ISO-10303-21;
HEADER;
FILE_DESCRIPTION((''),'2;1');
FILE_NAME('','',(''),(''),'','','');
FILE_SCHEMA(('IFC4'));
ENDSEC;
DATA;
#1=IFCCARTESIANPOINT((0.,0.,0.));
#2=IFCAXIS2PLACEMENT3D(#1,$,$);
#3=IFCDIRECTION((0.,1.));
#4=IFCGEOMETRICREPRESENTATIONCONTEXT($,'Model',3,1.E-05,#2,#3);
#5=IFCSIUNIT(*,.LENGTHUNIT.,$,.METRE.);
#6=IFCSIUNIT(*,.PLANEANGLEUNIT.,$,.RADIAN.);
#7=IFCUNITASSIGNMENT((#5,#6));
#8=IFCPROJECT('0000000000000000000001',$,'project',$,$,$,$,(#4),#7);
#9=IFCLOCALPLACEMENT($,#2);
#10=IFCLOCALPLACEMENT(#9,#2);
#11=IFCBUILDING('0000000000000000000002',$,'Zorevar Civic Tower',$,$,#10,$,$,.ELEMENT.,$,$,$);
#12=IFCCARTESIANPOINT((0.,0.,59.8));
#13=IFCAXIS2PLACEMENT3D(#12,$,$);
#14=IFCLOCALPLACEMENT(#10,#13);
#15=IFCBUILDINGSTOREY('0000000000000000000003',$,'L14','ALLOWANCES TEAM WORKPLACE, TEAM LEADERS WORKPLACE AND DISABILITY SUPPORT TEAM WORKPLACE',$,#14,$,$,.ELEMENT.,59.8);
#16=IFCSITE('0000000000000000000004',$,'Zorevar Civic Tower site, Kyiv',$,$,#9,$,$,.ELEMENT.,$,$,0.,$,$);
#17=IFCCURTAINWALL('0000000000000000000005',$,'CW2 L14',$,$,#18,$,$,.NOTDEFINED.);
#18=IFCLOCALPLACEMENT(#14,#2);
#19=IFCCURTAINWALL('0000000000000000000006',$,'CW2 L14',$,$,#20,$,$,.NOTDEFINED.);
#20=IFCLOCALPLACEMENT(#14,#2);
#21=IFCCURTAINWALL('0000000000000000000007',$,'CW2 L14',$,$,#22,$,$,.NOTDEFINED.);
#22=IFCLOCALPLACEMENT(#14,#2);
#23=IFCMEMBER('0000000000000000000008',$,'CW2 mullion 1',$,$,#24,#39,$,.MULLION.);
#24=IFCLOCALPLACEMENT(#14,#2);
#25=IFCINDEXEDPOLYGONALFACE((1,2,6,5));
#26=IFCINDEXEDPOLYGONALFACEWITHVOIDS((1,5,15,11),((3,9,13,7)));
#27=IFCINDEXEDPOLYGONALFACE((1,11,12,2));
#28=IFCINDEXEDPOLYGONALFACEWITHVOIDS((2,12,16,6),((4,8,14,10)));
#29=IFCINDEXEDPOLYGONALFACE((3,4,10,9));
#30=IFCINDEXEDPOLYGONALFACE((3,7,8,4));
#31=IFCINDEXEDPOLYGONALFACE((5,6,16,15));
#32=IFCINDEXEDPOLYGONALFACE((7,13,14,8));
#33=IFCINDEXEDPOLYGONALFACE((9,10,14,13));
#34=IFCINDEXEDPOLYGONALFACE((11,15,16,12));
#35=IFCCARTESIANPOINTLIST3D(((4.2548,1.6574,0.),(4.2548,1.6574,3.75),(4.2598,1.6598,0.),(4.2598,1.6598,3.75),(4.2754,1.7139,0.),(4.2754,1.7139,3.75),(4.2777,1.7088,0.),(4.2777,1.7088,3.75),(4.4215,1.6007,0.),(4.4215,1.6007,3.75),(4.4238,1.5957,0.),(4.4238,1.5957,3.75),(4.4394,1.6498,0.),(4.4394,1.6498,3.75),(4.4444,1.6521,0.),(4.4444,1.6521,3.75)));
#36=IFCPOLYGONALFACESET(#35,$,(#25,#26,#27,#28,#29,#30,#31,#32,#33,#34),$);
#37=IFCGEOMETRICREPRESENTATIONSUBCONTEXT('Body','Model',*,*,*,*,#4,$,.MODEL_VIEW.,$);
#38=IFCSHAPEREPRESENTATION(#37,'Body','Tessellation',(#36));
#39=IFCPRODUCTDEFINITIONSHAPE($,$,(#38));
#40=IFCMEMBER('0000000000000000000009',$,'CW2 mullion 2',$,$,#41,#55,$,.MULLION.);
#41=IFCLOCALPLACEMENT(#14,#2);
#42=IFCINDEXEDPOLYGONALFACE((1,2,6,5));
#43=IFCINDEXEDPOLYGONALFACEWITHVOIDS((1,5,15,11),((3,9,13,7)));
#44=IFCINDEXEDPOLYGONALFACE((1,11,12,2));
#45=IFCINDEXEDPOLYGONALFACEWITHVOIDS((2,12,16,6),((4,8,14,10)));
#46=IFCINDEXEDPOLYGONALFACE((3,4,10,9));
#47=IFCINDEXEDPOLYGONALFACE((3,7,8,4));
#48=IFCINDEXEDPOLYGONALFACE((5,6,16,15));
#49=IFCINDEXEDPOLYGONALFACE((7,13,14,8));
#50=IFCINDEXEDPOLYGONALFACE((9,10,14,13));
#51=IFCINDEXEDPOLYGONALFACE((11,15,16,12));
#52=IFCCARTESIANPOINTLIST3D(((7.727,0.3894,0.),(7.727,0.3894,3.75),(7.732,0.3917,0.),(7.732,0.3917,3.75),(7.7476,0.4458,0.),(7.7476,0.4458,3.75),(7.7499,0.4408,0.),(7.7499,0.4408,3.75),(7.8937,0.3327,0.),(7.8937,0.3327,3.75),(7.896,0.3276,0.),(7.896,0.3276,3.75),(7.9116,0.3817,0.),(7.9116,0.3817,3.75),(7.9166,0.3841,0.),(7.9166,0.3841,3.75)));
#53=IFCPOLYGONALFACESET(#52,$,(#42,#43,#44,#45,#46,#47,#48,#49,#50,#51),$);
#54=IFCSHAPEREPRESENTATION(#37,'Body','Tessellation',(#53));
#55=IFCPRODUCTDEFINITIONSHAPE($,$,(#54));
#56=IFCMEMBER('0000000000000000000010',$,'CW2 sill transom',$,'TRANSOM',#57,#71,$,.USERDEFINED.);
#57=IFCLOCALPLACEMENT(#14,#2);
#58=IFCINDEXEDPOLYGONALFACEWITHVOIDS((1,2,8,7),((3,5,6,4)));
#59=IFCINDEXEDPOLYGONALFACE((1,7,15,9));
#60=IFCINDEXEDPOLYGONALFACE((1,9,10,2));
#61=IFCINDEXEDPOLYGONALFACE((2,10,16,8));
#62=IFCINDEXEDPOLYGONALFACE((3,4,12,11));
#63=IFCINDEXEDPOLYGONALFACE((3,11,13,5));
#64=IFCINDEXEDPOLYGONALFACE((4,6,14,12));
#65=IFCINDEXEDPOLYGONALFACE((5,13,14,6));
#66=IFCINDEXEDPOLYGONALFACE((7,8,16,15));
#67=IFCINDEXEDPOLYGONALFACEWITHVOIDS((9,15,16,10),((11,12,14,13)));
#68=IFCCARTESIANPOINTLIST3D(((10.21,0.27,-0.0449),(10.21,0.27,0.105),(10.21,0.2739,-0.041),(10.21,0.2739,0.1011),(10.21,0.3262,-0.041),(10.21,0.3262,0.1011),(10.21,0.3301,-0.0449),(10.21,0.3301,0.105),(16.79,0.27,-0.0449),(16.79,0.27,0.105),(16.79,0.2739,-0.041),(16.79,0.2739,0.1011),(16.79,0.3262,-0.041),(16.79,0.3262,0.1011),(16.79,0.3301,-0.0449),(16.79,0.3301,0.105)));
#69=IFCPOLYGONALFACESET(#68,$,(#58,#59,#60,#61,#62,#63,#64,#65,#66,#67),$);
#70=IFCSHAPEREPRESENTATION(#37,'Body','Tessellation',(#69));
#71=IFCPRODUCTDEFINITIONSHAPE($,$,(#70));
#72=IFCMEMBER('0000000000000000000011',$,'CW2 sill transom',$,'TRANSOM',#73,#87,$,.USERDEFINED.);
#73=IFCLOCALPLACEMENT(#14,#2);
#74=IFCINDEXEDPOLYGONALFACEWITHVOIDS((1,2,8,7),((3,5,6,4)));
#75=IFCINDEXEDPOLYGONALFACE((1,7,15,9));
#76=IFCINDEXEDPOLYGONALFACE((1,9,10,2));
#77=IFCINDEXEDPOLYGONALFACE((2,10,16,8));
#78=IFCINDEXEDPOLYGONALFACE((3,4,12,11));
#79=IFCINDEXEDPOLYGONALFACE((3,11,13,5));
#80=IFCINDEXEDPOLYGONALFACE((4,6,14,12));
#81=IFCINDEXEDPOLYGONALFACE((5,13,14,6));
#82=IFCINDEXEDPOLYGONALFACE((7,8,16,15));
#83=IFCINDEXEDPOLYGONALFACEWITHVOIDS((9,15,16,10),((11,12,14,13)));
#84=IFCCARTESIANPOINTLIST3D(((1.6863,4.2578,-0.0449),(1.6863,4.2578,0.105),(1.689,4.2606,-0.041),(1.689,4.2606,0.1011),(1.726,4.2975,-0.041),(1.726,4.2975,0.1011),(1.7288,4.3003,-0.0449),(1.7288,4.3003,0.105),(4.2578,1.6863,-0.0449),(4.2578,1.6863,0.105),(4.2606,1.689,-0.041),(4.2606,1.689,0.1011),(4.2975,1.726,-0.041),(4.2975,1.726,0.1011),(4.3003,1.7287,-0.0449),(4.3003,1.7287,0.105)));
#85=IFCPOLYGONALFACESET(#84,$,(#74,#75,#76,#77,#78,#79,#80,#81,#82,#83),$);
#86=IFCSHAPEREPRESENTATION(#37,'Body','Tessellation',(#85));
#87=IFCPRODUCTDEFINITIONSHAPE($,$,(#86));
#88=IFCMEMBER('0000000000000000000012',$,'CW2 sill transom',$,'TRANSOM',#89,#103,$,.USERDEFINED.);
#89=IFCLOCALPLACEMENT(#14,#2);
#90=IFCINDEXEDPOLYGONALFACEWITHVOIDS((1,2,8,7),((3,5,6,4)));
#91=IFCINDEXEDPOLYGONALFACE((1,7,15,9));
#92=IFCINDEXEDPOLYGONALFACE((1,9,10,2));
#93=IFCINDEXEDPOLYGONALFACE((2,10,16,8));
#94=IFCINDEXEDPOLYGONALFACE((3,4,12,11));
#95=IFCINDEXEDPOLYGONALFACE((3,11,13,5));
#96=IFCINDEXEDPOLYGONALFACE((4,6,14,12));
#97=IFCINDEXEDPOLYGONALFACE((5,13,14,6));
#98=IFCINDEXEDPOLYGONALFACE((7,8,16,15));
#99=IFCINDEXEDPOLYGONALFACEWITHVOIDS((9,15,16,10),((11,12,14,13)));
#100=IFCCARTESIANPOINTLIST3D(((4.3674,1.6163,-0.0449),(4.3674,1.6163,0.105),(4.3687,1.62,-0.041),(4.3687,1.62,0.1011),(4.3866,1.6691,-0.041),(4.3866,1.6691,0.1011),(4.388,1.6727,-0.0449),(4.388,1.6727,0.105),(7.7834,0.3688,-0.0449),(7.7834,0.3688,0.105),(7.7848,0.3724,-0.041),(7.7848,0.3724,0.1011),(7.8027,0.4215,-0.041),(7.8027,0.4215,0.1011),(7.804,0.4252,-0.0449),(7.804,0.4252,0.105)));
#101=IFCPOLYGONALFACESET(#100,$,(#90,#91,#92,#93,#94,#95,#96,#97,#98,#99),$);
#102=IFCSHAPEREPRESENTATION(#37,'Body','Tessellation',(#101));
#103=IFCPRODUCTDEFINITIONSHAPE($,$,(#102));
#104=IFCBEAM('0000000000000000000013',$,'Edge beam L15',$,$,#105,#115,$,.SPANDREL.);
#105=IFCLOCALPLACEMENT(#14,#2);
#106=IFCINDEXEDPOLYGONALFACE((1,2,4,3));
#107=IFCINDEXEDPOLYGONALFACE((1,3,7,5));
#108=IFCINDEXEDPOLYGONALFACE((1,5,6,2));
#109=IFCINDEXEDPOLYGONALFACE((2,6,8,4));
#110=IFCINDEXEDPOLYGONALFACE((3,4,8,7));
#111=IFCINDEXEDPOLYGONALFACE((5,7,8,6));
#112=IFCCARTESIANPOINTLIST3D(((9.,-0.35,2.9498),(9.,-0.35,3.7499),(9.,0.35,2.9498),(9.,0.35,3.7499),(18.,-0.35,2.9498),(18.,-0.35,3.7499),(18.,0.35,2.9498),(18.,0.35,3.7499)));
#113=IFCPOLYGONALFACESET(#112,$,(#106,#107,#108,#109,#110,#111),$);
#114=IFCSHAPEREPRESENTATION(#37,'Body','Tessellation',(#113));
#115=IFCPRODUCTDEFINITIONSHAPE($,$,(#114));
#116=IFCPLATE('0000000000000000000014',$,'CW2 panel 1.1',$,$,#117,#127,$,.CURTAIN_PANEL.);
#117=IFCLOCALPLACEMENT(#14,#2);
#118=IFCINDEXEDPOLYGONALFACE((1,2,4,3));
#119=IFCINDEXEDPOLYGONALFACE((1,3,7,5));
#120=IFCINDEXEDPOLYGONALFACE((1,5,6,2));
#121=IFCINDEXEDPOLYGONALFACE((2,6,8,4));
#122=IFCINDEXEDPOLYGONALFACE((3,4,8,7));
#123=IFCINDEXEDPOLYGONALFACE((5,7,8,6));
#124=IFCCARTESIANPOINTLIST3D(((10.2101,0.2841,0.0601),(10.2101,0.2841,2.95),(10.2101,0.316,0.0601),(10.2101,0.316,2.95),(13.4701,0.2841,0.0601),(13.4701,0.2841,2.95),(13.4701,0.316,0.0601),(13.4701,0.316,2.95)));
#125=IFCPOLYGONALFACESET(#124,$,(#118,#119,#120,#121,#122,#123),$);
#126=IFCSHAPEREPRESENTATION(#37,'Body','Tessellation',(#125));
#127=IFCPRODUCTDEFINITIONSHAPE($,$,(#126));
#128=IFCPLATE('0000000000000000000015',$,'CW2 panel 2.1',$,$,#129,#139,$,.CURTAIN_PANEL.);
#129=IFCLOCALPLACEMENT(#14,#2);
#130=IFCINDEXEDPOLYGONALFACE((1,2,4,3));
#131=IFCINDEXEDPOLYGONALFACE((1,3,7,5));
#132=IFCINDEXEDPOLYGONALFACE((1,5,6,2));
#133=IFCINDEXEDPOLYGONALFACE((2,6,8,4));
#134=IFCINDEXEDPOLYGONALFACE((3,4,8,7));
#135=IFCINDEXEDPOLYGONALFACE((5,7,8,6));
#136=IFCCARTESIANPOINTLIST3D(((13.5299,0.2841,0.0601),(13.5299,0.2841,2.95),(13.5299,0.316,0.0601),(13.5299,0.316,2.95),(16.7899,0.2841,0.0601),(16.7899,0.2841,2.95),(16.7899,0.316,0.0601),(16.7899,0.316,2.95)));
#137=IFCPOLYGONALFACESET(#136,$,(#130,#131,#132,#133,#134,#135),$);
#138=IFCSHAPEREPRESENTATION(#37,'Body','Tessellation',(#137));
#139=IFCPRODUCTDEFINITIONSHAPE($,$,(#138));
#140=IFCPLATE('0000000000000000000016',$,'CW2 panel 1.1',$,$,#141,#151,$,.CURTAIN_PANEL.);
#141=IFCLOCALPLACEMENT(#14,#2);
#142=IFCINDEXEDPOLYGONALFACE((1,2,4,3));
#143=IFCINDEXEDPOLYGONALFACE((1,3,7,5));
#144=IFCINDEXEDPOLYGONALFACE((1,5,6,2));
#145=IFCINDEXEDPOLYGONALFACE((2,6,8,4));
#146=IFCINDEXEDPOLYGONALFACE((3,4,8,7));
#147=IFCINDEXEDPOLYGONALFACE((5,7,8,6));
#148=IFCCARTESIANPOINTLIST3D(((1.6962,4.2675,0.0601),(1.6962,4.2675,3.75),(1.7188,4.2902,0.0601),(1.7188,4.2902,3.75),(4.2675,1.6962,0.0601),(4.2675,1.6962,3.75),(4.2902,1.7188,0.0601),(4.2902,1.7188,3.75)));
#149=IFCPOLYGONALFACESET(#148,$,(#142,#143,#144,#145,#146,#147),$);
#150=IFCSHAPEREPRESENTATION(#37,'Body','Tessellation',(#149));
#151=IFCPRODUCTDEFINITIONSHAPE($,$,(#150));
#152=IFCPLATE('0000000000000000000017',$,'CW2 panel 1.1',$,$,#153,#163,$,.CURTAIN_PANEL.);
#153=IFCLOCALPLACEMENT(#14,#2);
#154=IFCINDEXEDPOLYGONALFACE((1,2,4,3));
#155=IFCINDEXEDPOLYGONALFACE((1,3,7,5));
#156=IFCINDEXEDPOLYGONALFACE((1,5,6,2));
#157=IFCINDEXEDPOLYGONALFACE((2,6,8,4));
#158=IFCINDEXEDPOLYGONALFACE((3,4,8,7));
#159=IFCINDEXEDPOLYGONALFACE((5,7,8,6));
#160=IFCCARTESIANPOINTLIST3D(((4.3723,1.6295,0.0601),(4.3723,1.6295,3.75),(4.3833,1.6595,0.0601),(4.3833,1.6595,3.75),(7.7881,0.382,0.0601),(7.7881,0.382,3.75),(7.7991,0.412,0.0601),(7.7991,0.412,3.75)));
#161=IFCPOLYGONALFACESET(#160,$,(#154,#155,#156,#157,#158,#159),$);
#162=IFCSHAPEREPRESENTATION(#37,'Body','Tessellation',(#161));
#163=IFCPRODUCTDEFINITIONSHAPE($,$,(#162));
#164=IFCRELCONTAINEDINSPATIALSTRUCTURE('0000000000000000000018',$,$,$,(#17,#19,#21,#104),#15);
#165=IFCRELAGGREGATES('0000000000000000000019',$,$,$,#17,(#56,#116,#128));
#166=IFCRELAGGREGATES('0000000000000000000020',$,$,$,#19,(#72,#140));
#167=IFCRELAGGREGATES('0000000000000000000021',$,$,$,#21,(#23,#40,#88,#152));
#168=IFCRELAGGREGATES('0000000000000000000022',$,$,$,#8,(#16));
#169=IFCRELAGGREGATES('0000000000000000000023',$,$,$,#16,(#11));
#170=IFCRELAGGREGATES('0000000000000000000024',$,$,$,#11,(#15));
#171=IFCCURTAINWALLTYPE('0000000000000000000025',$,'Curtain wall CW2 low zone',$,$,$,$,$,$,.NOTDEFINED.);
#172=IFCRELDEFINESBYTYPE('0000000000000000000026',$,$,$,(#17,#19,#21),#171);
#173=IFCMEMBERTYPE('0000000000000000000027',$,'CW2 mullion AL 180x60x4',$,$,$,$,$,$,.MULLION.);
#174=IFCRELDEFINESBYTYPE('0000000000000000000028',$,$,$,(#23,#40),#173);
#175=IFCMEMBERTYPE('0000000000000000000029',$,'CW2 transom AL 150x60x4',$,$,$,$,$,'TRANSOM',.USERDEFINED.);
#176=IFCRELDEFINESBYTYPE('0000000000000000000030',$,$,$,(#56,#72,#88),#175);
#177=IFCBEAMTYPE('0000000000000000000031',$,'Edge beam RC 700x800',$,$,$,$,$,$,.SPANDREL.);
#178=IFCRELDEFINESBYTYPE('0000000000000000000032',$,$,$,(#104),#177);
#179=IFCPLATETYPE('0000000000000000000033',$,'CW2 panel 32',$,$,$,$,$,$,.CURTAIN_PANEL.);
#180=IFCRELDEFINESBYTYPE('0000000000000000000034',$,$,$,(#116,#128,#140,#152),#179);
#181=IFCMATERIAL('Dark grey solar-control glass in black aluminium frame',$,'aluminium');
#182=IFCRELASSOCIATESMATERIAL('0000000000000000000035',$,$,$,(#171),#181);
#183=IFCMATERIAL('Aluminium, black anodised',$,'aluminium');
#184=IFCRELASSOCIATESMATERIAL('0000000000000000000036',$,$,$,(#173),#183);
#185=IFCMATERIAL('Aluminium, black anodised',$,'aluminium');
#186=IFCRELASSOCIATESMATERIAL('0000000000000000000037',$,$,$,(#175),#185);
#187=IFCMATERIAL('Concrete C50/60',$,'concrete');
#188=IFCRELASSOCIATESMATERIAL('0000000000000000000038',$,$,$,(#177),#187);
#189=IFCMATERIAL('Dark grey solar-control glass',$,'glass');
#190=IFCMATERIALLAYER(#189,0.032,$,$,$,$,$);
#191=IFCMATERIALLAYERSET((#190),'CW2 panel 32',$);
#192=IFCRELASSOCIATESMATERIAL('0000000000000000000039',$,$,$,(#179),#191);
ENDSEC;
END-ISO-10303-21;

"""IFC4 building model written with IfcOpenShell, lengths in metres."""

from ifc_helpers import new_model, si_unit, direction, frame, origin, origin_2d, place, context, subcontext, project, spatial, rectangle, hollow_rectangle, extrude, material, layer, layer_set, material_profile, profile_set, type_object, element, aggregate, save


model = new_model("IFC4")

# Units and contexts
model_context = context("Model", 3, precision=1e-05, world=origin(), true_north=direction((0.0, 1.0)))
body_context = subcontext(model_context, "Body", "Model", "MODEL_VIEW")
ifc_project = project(units=[si_unit("LENGTHUNIT", "METRE"), si_unit("PLANEANGLEUNIT", "RADIAN")], contexts=[model_context])

# Site, building, storey
site_placement = place(None, origin())
site = spatial("IfcSite", under=ifc_project, at=site_placement, Name="Zorevar Civic Tower site, Kyiv", CompositionType="ELEMENT", RefElevation=0.0)
building_placement = place(site_placement, origin())
building = spatial("IfcBuilding", under=site, at=building_placement, Name="Zorevar Civic Tower", CompositionType="ELEMENT")
storey_placement = place(building_placement, frame((0.0, 0.0, 59.8)))
storey = spatial("IfcBuildingStorey", under=building, at=storey_placement, Name="L14", Description="ALLOWANCES TEAM WORKPLACE, TEAM LEADERS WORKPLACE AND DISABILITY SUPPORT TEAM WORKPLACE", CompositionType="ELEMENT", Elevation=59.8)

# Curtain wall
ifc_material_1 = material(Name="Dark grey solar-control glass in black aluminium frame", Category="aluminium")
curtain_wall_type = type_object("IfcCurtainWallType", Name="Curtain wall CW2 low zone", PredefinedType="NOTDEFINED", material=ifc_material_1)
curtain_wall_1_placement = place(storey_placement, origin())
curtain_wall_1 = element("IfcCurtainWall", 1, at=curtain_wall_1_placement, inside=storey, type_object=curtain_wall_type, Name="CW2 L14", PredefinedType="NOTDEFINED")
ifc_material_2 = material(Name="Aluminium, black anodised", Category="aluminium")
ifc_material_profile_1 = material_profile(ifc_material_2, hollow_rectangle(XDim=0.0601, YDim=0.1799, WallThickness=0.0039, at=origin_2d()), Name="AL 180x60x4")
ifc_profile_set_1 = profile_set([ifc_material_profile_1], Name="Aluminium, black anodised")
member_type_1 = type_object("IfcMemberType", Name="CW2 mullion AL 180x60x4", PredefinedType="MULLION", material=ifc_profile_set_1)

# Curtain wall
curtain_wall_2_placement = place(storey_placement, origin())
curtain_wall_2 = element("IfcCurtainWall", 2, at=curtain_wall_2_placement, inside=storey, type_object=curtain_wall_type, Name="CW2 L14", PredefinedType="NOTDEFINED")

# Curtain wall, members
curtain_wall_3_placement = place(storey_placement, origin())
curtain_wall_3 = element("IfcCurtainWall", 3, at=curtain_wall_3_placement, inside=storey, type_object=curtain_wall_type, Name="CW2 L14", PredefinedType="NOTDEFINED")
member_1_placement = place(storey_placement, frame((4.3496, 1.6548, 0.0), z_axis=(0.0, 0.0, 1.0), x_axis=(0.34306, 0.939313, 0.0)))
member_1 = element("IfcMember", 4, at=member_1_placement, type_object=member_type_1, Name="CW2 mullion 1", PredefinedType="MULLION", context=body_context, shape_type="SweptSolid", body=[
    extrude(hollow_rectangle(XDim=0.0601, YDim=0.1799, WallThickness=0.0039, at=origin_2d()), origin(), (0.0, 0.0, 1.0), 3.75),
])
member_2_placement = place(storey_placement, frame((7.8218, 0.3867, 0.0), z_axis=(0.0, 0.0, 1.0), x_axis=(0.34306, 0.939313, 0.0)))
member_2 = element("IfcMember", 5, at=member_2_placement, type_object=member_type_1, Name="CW2 mullion 2", PredefinedType="MULLION", context=body_context, shape_type="SweptSolid", body=[
    extrude(hollow_rectangle(XDim=0.0601, YDim=0.1799, WallThickness=0.0039, at=origin_2d()), origin(), (0.0, 0.0, 1.0), 3.75),
])

# Members
ifc_material_3 = material(Name="Aluminium, black anodised", Category="aluminium")
ifc_material_profile_2 = material_profile(ifc_material_3, hollow_rectangle(XDim=0.0601, YDim=0.1499, WallThickness=0.0039, at=origin_2d()), Name="AL 150x60x4")
ifc_profile_set_2 = profile_set([ifc_material_profile_2], Name="Aluminium, black anodised")
member_type_2 = type_object("IfcMemberType", Name="CW2 transom AL 150x60x4", ElementType="TRANSOM", PredefinedType="USERDEFINED", material=ifc_profile_set_2)
member_3_placement = place(storey_placement, frame((10.21, 0.3, 0.03), z_axis=(1.0, 0.0, 0.0), x_axis=(0.0, 1.0, 0.0)))
member_3 = element("IfcMember", 6, at=member_3_placement, type_object=member_type_2, Name="CW2 sill transom", ObjectType="TRANSOM", PredefinedType="USERDEFINED", context=body_context, shape_type="SweptSolid", body=[
    extrude(hollow_rectangle(XDim=0.0601, YDim=0.1499, WallThickness=0.0039, at=origin_2d()), origin(), (0.0, 0.0, 1.0), 6.5801),
])
member_4_placement = place(storey_placement, frame((1.7075, 4.2791, 0.03), z_axis=(0.707107, -0.707107, 0.0), x_axis=(0.707107, 0.707107, 0.0)))
member_4 = element("IfcMember", 7, at=member_4_placement, type_object=member_type_2, Name="CW2 sill transom", ObjectType="TRANSOM", PredefinedType="USERDEFINED", context=body_context, shape_type="SweptSolid", body=[
    extrude(hollow_rectangle(XDim=0.0601, YDim=0.1499, WallThickness=0.0039, at=origin_2d()), origin(), (0.0, 0.0, 1.0), 3.6367),
])
member_5_placement = place(storey_placement, frame((4.3777, 1.6445, 0.03), z_axis=(0.939318, -0.343047, 0.0), x_axis=(0.343047, 0.939318, 0.0)))
member_5 = element("IfcMember", 8, at=member_5_placement, type_object=member_type_2, Name="CW2 sill transom", ObjectType="TRANSOM", PredefinedType="USERDEFINED", context=body_context, shape_type="SweptSolid", body=[
    extrude(hollow_rectangle(XDim=0.0601, YDim=0.1499, WallThickness=0.0039, at=origin_2d()), origin(), (0.0, 0.0, 1.0), 3.6367),
])

# Beam
ifc_material_4 = material(Name="Concrete C50/60", Category="concrete")
ifc_material_profile_3 = material_profile(ifc_material_4, rectangle(XDim=0.7, YDim=0.8, at=origin_2d()), Name="RC 700x800")
ifc_profile_set_3 = profile_set([ifc_material_profile_3], Name="Concrete C50/60")
beam_type_1 = type_object("IfcBeamType", Name="Edge beam RC 700x800", PredefinedType="SPANDREL", material=ifc_profile_set_3)
beam_1_placement = place(storey_placement, frame((9.0, 0.0, 3.3499), z_axis=(1.0, 0.0, 0.0), x_axis=(0.0, 1.0, 0.0)))
element("IfcBeam", 9, at=beam_1_placement, inside=storey, type_object=beam_type_1, Name="Edge beam L15", PredefinedType="SPANDREL", context=body_context, shape_type="SweptSolid", body=[
    extrude(rectangle(XDim=0.7, YDim=0.8, at=origin_2d()), origin(), (0.0, 0.0, 1.0), 9.0),
])

# Plates
ifc_material_5 = material(Name="Dark grey solar-control glass", Category="glass")
ifc_layer_1 = layer(ifc_material_5, 0.032)
ifc_layer_set_1 = layer_set([ifc_layer_1], Name="CW2 panel 32")
plate_type = type_object("IfcPlateType", Name="CW2 panel 32", PredefinedType="CURTAIN_PANEL", material=ifc_layer_set_1)
plate_1_placement = place(storey_placement, frame((11.8401, 0.3, 0.0601), z_axis=(0.0, 0.0, 1.0), x_axis=(1.0, 0.0, 0.0)))
plate_1 = element("IfcPlate", 10, at=plate_1_placement, type_object=plate_type, Name="CW2 panel 1.1", PredefinedType="CURTAIN_PANEL", context=body_context, shape_type="SweptSolid", body=[
    extrude(rectangle(XDim=3.26, YDim=0.032, at=origin_2d()), origin(), (0.0, 0.0, 1.0), 2.8899),
])
plate_2_placement = place(storey_placement, frame((15.1599, 0.3, 0.0601), z_axis=(0.0, 0.0, 1.0), x_axis=(1.0, 0.0, 0.0)))
plate_2 = element("IfcPlate", 11, at=plate_2_placement, type_object=plate_type, Name="CW2 panel 2.1", PredefinedType="CURTAIN_PANEL", context=body_context, shape_type="SweptSolid", body=[
    extrude(rectangle(XDim=3.26, YDim=0.032, at=origin_2d()), origin(), (0.0, 0.0, 1.0), 2.8899),
])
aggregate(curtain_wall_1, [member_3, plate_1, plate_2])
plate_3_placement = place(storey_placement, frame((2.9932, 2.9932, 0.0601), z_axis=(0.0, 0.0, 1.0), x_axis=(0.707107, -0.707107, 0.0)))
plate_3 = element("IfcPlate", 12, at=plate_3_placement, type_object=plate_type, Name="CW2 panel 1.1", PredefinedType="CURTAIN_PANEL", context=body_context, shape_type="SweptSolid", body=[
    extrude(rectangle(XDim=3.6365, YDim=0.032, at=origin_2d()), origin(), (0.0, 0.0, 1.0), 3.6899),
])
aggregate(curtain_wall_2, [member_4, plate_3])
plate_4_placement = place(storey_placement, frame((6.0857, 1.0208, 0.0601), z_axis=(0.0, 0.0, 1.0), x_axis=(0.939313, -0.34306, 0.0)))
plate_4 = element("IfcPlate", 13, at=plate_4_placement, type_object=plate_type, Name="CW2 panel 1.1", PredefinedType="CURTAIN_PANEL", context=body_context, shape_type="SweptSolid", body=[
    extrude(rectangle(XDim=3.6365, YDim=0.032, at=origin_2d()), origin(), (0.0, 0.0, 1.0), 3.6899),
])
aggregate(curtain_wall_3, [member_1, member_2, member_5, plate_4])

save(model, "model.ifc")
